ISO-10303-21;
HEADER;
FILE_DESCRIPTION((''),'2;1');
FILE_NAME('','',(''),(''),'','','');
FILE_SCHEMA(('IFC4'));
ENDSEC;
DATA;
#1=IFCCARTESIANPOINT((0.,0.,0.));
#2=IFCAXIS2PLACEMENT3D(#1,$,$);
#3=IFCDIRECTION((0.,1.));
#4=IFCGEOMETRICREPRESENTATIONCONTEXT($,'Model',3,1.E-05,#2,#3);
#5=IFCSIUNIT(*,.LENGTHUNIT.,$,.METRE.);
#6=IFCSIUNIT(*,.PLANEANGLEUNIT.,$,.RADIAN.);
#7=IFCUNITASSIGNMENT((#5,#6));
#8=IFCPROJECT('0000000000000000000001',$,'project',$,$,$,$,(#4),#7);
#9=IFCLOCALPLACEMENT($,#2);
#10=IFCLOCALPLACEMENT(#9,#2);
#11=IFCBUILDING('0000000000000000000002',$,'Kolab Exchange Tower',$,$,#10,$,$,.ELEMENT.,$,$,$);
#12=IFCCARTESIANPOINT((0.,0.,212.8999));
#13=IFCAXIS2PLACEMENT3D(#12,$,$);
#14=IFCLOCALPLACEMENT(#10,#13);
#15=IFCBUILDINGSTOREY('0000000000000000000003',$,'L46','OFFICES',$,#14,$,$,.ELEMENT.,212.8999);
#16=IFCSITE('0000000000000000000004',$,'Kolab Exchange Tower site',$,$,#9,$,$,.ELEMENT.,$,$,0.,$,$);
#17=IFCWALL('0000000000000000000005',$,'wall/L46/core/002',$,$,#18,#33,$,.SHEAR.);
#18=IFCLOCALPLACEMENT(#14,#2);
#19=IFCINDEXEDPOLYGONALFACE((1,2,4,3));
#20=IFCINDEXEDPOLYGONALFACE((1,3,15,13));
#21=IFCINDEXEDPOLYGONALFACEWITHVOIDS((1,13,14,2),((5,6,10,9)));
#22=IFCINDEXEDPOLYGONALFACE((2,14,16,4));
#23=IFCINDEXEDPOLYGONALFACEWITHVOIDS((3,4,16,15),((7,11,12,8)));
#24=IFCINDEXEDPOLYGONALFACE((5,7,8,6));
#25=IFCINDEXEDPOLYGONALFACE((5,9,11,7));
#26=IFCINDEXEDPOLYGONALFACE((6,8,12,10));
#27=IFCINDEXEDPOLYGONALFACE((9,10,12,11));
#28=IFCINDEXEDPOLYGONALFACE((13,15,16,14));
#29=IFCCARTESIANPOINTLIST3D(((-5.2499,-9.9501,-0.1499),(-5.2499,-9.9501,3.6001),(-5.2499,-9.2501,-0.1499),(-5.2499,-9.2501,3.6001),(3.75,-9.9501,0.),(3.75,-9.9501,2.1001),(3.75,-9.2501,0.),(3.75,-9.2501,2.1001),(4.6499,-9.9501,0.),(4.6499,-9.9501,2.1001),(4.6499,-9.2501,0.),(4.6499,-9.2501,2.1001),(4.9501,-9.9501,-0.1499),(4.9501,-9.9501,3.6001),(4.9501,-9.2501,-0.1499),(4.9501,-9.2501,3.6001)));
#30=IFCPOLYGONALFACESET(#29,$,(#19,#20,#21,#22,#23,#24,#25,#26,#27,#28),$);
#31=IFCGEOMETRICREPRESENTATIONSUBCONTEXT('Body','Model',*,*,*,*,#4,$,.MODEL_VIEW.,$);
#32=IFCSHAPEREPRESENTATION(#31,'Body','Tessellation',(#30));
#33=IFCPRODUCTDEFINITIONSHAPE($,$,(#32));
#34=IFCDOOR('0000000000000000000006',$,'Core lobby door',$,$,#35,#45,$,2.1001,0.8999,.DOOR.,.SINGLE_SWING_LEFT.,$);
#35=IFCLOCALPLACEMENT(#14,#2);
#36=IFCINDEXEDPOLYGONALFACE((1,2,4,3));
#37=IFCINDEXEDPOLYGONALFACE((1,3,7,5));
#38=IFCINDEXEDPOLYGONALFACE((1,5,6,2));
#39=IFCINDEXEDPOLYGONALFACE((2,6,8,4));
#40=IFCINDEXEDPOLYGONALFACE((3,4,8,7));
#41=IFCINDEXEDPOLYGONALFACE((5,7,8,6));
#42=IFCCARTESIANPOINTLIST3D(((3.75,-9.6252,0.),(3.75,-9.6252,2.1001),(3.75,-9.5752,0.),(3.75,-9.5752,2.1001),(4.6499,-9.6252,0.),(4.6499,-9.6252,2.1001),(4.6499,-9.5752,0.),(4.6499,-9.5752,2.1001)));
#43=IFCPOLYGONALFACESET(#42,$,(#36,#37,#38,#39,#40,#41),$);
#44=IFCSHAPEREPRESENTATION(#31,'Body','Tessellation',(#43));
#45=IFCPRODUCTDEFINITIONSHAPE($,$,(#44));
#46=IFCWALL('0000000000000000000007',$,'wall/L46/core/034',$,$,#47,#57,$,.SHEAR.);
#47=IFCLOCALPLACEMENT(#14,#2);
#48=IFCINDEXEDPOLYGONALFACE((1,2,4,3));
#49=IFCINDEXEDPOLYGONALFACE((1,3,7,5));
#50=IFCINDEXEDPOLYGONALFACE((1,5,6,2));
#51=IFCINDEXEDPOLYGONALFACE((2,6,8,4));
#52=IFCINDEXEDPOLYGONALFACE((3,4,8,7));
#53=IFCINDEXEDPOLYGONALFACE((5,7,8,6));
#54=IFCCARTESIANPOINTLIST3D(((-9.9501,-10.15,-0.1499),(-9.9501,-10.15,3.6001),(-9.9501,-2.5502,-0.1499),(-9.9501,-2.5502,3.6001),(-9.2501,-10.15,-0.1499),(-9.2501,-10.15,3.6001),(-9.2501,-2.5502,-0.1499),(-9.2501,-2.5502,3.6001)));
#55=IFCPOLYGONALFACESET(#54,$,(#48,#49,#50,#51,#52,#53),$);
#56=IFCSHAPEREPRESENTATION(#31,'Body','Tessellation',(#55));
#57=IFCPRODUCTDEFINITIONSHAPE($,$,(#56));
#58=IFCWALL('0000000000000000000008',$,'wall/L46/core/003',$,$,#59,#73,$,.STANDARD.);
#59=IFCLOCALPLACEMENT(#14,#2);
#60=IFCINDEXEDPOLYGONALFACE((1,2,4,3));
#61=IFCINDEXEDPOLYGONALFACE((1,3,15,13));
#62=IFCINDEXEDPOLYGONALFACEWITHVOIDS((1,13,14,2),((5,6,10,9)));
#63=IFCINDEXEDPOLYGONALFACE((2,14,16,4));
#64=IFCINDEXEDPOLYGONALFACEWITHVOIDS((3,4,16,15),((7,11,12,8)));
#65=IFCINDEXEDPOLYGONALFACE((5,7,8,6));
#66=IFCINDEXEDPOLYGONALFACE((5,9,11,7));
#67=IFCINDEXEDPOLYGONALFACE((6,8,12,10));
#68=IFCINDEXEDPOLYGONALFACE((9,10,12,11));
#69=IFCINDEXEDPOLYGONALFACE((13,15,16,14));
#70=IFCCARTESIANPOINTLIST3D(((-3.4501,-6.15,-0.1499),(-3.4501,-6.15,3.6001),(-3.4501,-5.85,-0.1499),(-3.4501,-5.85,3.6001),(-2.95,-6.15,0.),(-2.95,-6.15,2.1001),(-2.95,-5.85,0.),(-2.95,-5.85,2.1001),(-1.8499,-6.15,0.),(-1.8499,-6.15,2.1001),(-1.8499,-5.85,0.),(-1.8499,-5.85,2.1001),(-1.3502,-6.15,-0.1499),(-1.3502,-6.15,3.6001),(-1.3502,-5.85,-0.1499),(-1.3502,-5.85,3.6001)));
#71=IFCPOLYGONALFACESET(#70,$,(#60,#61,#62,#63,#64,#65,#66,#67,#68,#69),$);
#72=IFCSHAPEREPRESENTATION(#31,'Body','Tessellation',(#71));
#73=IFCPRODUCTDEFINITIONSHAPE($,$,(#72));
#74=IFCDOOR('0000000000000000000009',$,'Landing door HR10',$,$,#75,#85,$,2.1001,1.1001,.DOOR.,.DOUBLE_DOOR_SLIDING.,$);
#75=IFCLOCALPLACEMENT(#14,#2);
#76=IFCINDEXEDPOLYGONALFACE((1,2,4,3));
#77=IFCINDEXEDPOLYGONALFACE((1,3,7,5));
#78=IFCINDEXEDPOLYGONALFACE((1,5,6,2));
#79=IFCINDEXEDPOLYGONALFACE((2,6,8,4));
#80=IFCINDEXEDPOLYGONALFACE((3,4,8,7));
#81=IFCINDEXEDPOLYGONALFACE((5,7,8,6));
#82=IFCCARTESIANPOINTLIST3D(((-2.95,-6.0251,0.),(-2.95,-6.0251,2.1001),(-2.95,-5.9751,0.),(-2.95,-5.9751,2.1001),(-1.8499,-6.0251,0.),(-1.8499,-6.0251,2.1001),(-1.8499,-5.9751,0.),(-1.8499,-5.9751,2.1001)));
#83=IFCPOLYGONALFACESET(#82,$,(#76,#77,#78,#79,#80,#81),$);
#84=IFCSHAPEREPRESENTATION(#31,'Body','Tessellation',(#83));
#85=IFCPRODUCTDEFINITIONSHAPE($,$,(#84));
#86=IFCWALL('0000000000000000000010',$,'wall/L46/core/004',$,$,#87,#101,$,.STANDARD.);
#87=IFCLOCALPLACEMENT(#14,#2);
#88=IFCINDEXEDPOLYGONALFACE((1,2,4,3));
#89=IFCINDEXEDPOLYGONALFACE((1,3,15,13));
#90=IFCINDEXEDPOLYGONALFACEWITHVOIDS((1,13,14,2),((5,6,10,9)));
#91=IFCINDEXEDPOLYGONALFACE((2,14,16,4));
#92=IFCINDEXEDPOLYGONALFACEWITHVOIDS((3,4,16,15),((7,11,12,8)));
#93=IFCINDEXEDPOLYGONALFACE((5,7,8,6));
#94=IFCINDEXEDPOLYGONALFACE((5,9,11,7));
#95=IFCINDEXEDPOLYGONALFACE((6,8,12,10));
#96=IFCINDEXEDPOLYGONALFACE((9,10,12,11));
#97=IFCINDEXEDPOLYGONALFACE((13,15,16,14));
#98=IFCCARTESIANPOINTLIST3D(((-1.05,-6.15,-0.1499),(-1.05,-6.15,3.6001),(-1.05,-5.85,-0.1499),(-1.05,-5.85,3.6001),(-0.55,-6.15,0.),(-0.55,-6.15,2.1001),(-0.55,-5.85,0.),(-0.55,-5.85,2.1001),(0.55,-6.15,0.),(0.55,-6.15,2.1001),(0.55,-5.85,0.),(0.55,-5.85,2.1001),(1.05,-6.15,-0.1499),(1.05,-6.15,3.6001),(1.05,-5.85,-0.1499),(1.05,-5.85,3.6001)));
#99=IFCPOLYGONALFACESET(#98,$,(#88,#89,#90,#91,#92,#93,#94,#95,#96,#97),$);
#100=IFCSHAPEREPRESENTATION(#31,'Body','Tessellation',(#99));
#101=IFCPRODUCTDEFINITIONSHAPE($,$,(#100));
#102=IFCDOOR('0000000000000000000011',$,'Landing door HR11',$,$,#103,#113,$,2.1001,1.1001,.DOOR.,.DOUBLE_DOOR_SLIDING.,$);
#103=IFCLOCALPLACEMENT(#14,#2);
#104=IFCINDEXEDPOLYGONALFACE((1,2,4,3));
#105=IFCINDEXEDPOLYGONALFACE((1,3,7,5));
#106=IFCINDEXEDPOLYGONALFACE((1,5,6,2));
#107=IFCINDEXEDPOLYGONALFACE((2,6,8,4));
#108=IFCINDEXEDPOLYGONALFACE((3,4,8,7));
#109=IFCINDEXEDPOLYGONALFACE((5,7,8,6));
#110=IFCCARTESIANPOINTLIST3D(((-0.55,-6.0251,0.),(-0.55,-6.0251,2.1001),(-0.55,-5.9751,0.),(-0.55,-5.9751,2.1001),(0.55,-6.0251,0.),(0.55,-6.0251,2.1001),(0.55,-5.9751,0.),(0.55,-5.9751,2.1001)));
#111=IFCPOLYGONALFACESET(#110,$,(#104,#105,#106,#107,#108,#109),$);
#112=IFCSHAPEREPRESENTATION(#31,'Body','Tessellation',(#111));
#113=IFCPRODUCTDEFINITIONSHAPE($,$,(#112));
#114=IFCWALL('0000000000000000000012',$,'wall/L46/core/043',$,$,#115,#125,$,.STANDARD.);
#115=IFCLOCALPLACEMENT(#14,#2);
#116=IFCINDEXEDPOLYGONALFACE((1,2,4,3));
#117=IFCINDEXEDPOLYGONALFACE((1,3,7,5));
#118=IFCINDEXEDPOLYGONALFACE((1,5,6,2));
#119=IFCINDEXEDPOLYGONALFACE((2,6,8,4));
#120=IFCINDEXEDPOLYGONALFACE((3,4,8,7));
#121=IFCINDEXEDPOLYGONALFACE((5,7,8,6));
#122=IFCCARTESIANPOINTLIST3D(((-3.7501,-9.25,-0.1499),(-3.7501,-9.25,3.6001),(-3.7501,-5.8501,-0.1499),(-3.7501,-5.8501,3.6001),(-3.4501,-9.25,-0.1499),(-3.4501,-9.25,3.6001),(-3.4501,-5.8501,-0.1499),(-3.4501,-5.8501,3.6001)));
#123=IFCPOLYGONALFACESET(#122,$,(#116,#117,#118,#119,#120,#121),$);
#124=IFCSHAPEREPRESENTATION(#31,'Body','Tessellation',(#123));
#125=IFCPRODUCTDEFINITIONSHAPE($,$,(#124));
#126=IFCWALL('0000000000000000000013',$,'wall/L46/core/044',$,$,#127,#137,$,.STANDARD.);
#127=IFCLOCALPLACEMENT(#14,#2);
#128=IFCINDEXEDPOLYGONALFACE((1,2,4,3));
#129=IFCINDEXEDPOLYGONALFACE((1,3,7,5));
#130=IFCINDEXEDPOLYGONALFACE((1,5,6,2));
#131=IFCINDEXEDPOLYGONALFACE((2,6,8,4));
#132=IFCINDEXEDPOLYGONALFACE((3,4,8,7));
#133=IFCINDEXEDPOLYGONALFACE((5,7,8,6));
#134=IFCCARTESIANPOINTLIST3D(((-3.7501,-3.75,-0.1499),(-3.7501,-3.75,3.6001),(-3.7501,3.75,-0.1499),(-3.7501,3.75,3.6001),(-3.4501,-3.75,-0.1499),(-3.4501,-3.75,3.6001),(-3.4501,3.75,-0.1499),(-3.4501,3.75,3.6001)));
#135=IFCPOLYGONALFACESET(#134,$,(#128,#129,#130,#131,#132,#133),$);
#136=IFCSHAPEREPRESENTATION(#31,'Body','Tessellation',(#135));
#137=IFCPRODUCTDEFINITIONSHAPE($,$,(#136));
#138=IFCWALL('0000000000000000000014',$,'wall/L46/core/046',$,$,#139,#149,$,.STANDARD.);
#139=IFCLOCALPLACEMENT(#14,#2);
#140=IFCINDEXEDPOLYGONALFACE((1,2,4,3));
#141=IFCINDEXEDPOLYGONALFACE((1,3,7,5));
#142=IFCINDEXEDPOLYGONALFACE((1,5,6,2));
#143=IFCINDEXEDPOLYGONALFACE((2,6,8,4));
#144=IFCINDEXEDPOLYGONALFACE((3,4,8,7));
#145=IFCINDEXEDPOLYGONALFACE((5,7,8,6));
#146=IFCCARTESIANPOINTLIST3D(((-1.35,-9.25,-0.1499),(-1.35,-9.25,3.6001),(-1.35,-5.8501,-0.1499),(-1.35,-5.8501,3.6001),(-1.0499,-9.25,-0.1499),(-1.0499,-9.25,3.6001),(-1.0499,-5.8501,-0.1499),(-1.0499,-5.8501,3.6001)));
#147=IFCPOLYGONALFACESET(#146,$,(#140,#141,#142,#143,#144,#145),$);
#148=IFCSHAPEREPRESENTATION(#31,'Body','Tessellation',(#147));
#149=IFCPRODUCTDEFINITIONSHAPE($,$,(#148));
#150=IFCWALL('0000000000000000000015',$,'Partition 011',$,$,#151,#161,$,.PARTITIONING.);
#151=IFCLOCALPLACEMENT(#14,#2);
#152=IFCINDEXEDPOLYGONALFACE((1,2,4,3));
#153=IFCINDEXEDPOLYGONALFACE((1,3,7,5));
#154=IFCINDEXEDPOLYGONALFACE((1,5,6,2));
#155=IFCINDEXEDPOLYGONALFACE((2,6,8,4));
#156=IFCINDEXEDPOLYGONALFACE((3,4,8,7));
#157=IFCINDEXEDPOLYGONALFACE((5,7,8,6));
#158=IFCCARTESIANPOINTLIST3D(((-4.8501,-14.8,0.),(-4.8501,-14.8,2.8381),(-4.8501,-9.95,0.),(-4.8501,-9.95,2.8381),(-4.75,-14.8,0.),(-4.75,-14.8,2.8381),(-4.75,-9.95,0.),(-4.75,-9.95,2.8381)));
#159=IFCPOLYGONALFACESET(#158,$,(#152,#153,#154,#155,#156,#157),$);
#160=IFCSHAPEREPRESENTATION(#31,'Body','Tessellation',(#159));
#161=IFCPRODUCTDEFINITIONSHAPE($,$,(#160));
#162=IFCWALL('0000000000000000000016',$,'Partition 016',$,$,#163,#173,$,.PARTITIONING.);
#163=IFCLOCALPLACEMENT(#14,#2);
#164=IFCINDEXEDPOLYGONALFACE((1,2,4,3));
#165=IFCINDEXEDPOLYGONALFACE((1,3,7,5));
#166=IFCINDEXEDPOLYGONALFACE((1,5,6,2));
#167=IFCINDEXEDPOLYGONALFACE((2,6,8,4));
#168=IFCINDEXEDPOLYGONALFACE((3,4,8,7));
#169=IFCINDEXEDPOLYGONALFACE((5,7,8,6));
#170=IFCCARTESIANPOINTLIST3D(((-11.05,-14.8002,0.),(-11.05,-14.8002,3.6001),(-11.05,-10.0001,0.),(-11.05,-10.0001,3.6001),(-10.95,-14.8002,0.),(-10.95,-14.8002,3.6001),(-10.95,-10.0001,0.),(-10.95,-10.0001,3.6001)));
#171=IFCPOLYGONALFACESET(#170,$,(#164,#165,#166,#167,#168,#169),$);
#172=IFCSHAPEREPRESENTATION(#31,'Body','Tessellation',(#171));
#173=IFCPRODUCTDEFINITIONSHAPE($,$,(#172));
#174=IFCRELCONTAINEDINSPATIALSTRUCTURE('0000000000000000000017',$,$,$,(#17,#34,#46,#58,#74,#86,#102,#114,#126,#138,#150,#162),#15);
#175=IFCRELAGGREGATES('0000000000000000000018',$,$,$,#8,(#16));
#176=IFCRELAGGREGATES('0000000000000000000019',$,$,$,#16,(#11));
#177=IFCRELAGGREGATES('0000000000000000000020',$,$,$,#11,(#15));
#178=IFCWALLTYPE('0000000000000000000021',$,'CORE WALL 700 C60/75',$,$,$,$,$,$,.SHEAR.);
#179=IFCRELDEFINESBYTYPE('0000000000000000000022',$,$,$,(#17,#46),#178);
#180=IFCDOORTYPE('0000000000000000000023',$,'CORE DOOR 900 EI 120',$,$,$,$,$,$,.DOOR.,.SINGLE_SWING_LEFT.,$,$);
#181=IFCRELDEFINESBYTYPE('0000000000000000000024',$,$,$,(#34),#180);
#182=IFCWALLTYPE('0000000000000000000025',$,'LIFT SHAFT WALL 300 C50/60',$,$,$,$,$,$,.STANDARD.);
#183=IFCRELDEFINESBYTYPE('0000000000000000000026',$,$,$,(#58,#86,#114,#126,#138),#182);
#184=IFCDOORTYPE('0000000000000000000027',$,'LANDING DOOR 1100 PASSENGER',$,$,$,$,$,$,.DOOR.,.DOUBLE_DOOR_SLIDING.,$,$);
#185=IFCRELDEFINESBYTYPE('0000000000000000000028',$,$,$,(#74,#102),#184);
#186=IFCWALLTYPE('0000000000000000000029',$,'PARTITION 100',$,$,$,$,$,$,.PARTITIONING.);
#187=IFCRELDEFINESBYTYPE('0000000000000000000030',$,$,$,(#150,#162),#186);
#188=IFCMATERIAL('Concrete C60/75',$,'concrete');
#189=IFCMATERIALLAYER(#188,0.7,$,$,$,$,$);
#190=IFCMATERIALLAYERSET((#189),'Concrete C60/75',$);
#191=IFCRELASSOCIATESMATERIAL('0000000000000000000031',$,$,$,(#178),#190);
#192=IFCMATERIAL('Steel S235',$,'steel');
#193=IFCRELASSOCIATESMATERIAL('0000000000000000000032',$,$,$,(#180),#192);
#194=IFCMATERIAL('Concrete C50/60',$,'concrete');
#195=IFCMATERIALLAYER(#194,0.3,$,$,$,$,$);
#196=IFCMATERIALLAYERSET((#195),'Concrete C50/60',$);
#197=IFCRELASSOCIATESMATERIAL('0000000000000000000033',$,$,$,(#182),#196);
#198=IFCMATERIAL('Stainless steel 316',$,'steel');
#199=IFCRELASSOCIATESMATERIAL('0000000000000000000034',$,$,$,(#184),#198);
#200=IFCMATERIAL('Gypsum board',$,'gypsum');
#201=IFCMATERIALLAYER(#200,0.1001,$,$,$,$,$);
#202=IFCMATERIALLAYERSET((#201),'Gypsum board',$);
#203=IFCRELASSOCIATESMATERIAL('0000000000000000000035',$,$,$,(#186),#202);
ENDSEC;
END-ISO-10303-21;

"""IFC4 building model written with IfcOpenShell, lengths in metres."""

from ifc_helpers import new_model, si_unit, direction, frame, frame_2d, origin, place, context, subcontext, project, spatial, rectangle, extrude, material, layer, layer_set, type_object, element, fill, save


model = new_model("IFC4")

# Units and contexts
model_context = context("Model", 3, precision=1e-05, world=origin(), true_north=direction((0.0, 1.0)))
body_context = subcontext(model_context, "Body", "Model", "MODEL_VIEW")
ifc_project = project(units=[si_unit("LENGTHUNIT", "METRE"), si_unit("PLANEANGLEUNIT", "RADIAN")], contexts=[model_context])

# Site, building, storey
site_placement = place(None, origin())
site = spatial("IfcSite", under=ifc_project, at=site_placement, Name="Kolab Exchange Tower site", CompositionType="ELEMENT", RefElevation=0.0)
building_placement = place(site_placement, origin())
building = spatial("IfcBuilding", under=site, at=building_placement, Name="Kolab Exchange Tower", CompositionType="ELEMENT")
storey_placement = place(building_placement, frame((0.0, 0.0, 212.8999)))
storey = spatial("IfcBuildingStorey", under=building, at=storey_placement, Name="L46", Description="OFFICES", CompositionType="ELEMENT", Elevation=212.8999)

# Wall, opening, door
ifc_material_1 = material(Name="Concrete C60/75", Category="concrete")
ifc_layer_1 = layer(ifc_material_1, 0.7)
ifc_layer_set_1 = layer_set([ifc_layer_1], Name="Concrete C60/75")
wall_type_1 = type_object("IfcWallType", Name="CORE WALL 700 C60/75", PredefinedType="SHEAR", material=ifc_layer_set_1)
wall_1_placement = place(storey_placement, frame((-5.25, -9.6001, -0.1499), z_axis=(0.0, 0.0, 1.0), x_axis=(1.0, 0.0, 0.0)))
wall_1 = element("IfcWall", 1, at=wall_1_placement, inside=storey, type_object=wall_type_1, Name="wall/L46/core/002", PredefinedType="SHEAR", context=body_context, shape_type="SweptSolid", body=[
    extrude(rectangle(XDim=10.2, YDim=0.7, at=frame_2d((5.1001, 0.0))), origin(), (0.0, 0.0, 1.0), 3.75),
])
opening_1_placement = place(wall_1_placement, frame((9.0, 0.0, 0.1499)))
opening_1 = element("IfcOpeningElement", 2, at=opening_1_placement, cuts=wall_1, PredefinedType="OPENING", context=body_context, shape_type="SweptSolid", body=[
    extrude(rectangle(XDim=0.8999, YDim=2.1001, at=frame_2d((0.45, 1.05))), frame((0.0, 0.3599, 0.0), z_axis=(0.0, -1.0, 0.0), x_axis=(1.0, 0.0, 0.0)), (0.0, 0.0, 1.0), 0.72),
])
ifc_material_2 = material(Name="Steel S235", Category="steel")
door_type_1 = type_object("IfcDoorType", Name="CORE DOOR 900 EI 120", OperationType="SINGLE_SWING_LEFT", PredefinedType="DOOR", material=ifc_material_2)
door_1_placement = place(opening_1_placement, origin())
door_1 = element("IfcDoor", 3, at=door_1_placement, inside=storey, type_object=door_type_1, Name="Core lobby door", OperationType="SINGLE_SWING_LEFT", OverallHeight=2.1001, OverallWidth=0.8999, PredefinedType="DOOR", context=body_context, shape_type="SweptSolid", body=[
    extrude(rectangle(XDim=0.8999, YDim=2.1001, at=frame_2d((0.45, 1.05))), frame((0.0, 0.0249, 0.0), z_axis=(0.0, -1.0, 0.0), x_axis=(1.0, 0.0, 0.0)), (0.0, 0.0, 1.0), 0.05),
])
fill(opening_1, door_1)

# Wall
wall_2_placement = place(storey_placement, frame((-9.6001, -10.1499, -0.1499), z_axis=(0.0, 0.0, 1.0), x_axis=(0.0, 1.0, 0.0)))
element("IfcWall", 4, at=wall_2_placement, inside=storey, type_object=wall_type_1, Name="wall/L46/core/034", PredefinedType="SHEAR", context=body_context, shape_type="SweptSolid", body=[
    extrude(rectangle(XDim=7.5999, YDim=0.7, at=frame_2d((3.7998, 0.0))), origin(), (0.0, 0.0, 1.0), 3.75),
])

# Walls, openings, doors
ifc_material_3 = material(Name="Concrete C50/60", Category="concrete")
ifc_layer_2 = layer(ifc_material_3, 0.3)
ifc_layer_set_2 = layer_set([ifc_layer_2], Name="Concrete C50/60")
wall_type_2 = type_object("IfcWallType", Name="LIFT SHAFT WALL 300 C50/60", PredefinedType="STANDARD", material=ifc_layer_set_2)
wall_3_placement = place(storey_placement, frame((-3.45, -6.0, -0.1499), z_axis=(0.0, 0.0, 1.0), x_axis=(1.0, 0.0, 0.0)))
wall_3 = element("IfcWall", 5, at=wall_3_placement, inside=storey, type_object=wall_type_2, Name="wall/L46/core/003", PredefinedType="STANDARD", context=body_context, shape_type="SweptSolid", body=[
    extrude(rectangle(XDim=2.0999, YDim=0.3, at=frame_2d((1.0498, 0.0))), origin(), (0.0, 0.0, 1.0), 3.75),
])
opening_2_placement = place(wall_3_placement, frame((0.5, 0.0, 0.1499)))
opening_2 = element("IfcOpeningElement", 6, at=opening_2_placement, cuts=wall_3, PredefinedType="OPENING", context=body_context, shape_type="SweptSolid", body=[
    extrude(rectangle(XDim=1.1001, YDim=2.1001, at=frame_2d((0.55, 1.05))), frame((0.0, 0.1602, 0.0), z_axis=(0.0, -1.0, 0.0), x_axis=(1.0, 0.0, 0.0)), (0.0, 0.0, 1.0), 0.3201),
])
ifc_material_4 = material(Name="Stainless steel 316", Category="steel")
door_type_2 = type_object("IfcDoorType", Name="LANDING DOOR 1100 PASSENGER", OperationType="DOUBLE_DOOR_SLIDING", PredefinedType="DOOR", material=ifc_material_4)
door_2_placement = place(opening_2_placement, origin())
door_2 = element("IfcDoor", 7, at=door_2_placement, inside=storey, type_object=door_type_2, Name="Landing door HR10", OperationType="DOUBLE_DOOR_SLIDING", OverallHeight=2.1001, OverallWidth=1.1001, PredefinedType="DOOR", context=body_context, shape_type="SweptSolid", body=[
    extrude(rectangle(XDim=1.1001, YDim=2.1001, at=frame_2d((0.55, 1.05))), frame((0.0, 0.0249, 0.0), z_axis=(0.0, -1.0, 0.0), x_axis=(1.0, 0.0, 0.0)), (0.0, 0.0, 1.0), 0.05),
])
fill(opening_2, door_2)
wall_4_placement = place(storey_placement, frame((-1.05, -6.0, -0.1499), z_axis=(0.0, 0.0, 1.0), x_axis=(1.0, 0.0, 0.0)))
wall_4 = element("IfcWall", 8, at=wall_4_placement, inside=storey, type_object=wall_type_2, Name="wall/L46/core/004", PredefinedType="STANDARD", context=body_context, shape_type="SweptSolid", body=[
    extrude(rectangle(XDim=2.1001, YDim=0.3, at=frame_2d((1.05, 0.0))), origin(), (0.0, 0.0, 1.0), 3.75),
])
opening_3_placement = place(wall_4_placement, frame((0.5, 0.0, 0.1499)))
opening_3 = element("IfcOpeningElement", 9, at=opening_3_placement, cuts=wall_4, PredefinedType="OPENING", context=body_context, shape_type="SweptSolid", body=[
    extrude(rectangle(XDim=1.1001, YDim=2.1001, at=frame_2d((0.55, 1.05))), frame((0.0, 0.1602, 0.0), z_axis=(0.0, -1.0, 0.0), x_axis=(1.0, 0.0, 0.0)), (0.0, 0.0, 1.0), 0.3201),
])
door_3_placement = place(opening_3_placement, origin())
door_3 = element("IfcDoor", 10, at=door_3_placement, inside=storey, type_object=door_type_2, Name="Landing door HR11", OperationType="DOUBLE_DOOR_SLIDING", OverallHeight=2.1001, OverallWidth=1.1001, PredefinedType="DOOR", context=body_context, shape_type="SweptSolid", body=[
    extrude(rectangle(XDim=1.1001, YDim=2.1001, at=frame_2d((0.55, 1.05))), frame((0.0, 0.0249, 0.0), z_axis=(0.0, -1.0, 0.0), x_axis=(1.0, 0.0, 0.0)), (0.0, 0.0, 1.0), 0.05),
])
fill(opening_3, door_3)

# Walls
wall_5_placement = place(storey_placement, frame((-3.6001, -9.25, -0.1499), z_axis=(0.0, 0.0, 1.0), x_axis=(0.0, 1.0, 0.0)))
element("IfcWall", 11, at=wall_5_placement, inside=storey, type_object=wall_type_2, Name="wall/L46/core/043", PredefinedType="STANDARD", context=body_context, shape_type="SweptSolid", body=[
    extrude(rectangle(XDim=3.3999, YDim=0.3, at=frame_2d((1.7, 0.0))), origin(), (0.0, 0.0, 1.0), 3.75),
])
wall_6_placement = place(storey_placement, frame((-3.6001, -3.75, -0.1499), z_axis=(0.0, 0.0, 1.0), x_axis=(0.0, 1.0, 0.0)))
element("IfcWall", 12, at=wall_6_placement, inside=storey, type_object=wall_type_2, Name="wall/L46/core/044", PredefinedType="STANDARD", context=body_context, shape_type="SweptSolid", body=[
    extrude(rectangle(XDim=7.5, YDim=0.3, at=frame_2d((3.75, 0.0))), origin(), (0.0, 0.0, 1.0), 3.75),
])
wall_7_placement = place(storey_placement, frame((-1.2, -9.25, -0.1499), z_axis=(0.0, 0.0, 1.0), x_axis=(0.0, 1.0, 0.0)))
element("IfcWall", 13, at=wall_7_placement, inside=storey, type_object=wall_type_2, Name="wall/L46/core/046", PredefinedType="STANDARD", context=body_context, shape_type="SweptSolid", body=[
    extrude(rectangle(XDim=3.3999, YDim=0.3, at=frame_2d((1.7, 0.0))), origin(), (0.0, 0.0, 1.0), 3.75),
])
ifc_material_5 = material(Name="Gypsum board", Category="gypsum")
ifc_layer_3 = layer(ifc_material_5, 0.1001)
ifc_layer_set_3 = layer_set([ifc_layer_3], Name="Gypsum board")
wall_type_3 = type_object("IfcWallType", Name="PARTITION 100", PredefinedType="PARTITIONING", material=ifc_layer_set_3)
wall_8_placement = place(storey_placement, frame((-4.8, -14.8, 0.0), z_axis=(0.0, 0.0, 1.0), x_axis=(0.0, 1.0, 0.0)))
element("IfcWall", 14, at=wall_8_placement, inside=storey, type_object=wall_type_3, Name="Partition 011", PredefinedType="PARTITIONING", context=body_context, shape_type="SweptSolid", body=[
    extrude(rectangle(XDim=4.8501, YDim=0.1001, at=frame_2d((2.425, 0.0))), origin(), (0.0, 0.0, 1.0), 2.8381),
])
wall_9_placement = place(storey_placement, frame((-11.0, -14.8, 0.0), z_axis=(0.0, 0.0, 1.0), x_axis=(0.0, 1.0, 0.0)))
element("IfcWall", 15, at=wall_9_placement, inside=storey, type_object=wall_type_3, Name="Partition 016", PredefinedType="PARTITIONING", context=body_context, shape_type="SweptSolid", body=[
    extrude(rectangle(XDim=4.8, YDim=0.1001, at=frame_2d((2.3999, 0.0))), origin(), (0.0, 0.0, 1.0), 3.6001),
])

save(model, "model.ifc")
